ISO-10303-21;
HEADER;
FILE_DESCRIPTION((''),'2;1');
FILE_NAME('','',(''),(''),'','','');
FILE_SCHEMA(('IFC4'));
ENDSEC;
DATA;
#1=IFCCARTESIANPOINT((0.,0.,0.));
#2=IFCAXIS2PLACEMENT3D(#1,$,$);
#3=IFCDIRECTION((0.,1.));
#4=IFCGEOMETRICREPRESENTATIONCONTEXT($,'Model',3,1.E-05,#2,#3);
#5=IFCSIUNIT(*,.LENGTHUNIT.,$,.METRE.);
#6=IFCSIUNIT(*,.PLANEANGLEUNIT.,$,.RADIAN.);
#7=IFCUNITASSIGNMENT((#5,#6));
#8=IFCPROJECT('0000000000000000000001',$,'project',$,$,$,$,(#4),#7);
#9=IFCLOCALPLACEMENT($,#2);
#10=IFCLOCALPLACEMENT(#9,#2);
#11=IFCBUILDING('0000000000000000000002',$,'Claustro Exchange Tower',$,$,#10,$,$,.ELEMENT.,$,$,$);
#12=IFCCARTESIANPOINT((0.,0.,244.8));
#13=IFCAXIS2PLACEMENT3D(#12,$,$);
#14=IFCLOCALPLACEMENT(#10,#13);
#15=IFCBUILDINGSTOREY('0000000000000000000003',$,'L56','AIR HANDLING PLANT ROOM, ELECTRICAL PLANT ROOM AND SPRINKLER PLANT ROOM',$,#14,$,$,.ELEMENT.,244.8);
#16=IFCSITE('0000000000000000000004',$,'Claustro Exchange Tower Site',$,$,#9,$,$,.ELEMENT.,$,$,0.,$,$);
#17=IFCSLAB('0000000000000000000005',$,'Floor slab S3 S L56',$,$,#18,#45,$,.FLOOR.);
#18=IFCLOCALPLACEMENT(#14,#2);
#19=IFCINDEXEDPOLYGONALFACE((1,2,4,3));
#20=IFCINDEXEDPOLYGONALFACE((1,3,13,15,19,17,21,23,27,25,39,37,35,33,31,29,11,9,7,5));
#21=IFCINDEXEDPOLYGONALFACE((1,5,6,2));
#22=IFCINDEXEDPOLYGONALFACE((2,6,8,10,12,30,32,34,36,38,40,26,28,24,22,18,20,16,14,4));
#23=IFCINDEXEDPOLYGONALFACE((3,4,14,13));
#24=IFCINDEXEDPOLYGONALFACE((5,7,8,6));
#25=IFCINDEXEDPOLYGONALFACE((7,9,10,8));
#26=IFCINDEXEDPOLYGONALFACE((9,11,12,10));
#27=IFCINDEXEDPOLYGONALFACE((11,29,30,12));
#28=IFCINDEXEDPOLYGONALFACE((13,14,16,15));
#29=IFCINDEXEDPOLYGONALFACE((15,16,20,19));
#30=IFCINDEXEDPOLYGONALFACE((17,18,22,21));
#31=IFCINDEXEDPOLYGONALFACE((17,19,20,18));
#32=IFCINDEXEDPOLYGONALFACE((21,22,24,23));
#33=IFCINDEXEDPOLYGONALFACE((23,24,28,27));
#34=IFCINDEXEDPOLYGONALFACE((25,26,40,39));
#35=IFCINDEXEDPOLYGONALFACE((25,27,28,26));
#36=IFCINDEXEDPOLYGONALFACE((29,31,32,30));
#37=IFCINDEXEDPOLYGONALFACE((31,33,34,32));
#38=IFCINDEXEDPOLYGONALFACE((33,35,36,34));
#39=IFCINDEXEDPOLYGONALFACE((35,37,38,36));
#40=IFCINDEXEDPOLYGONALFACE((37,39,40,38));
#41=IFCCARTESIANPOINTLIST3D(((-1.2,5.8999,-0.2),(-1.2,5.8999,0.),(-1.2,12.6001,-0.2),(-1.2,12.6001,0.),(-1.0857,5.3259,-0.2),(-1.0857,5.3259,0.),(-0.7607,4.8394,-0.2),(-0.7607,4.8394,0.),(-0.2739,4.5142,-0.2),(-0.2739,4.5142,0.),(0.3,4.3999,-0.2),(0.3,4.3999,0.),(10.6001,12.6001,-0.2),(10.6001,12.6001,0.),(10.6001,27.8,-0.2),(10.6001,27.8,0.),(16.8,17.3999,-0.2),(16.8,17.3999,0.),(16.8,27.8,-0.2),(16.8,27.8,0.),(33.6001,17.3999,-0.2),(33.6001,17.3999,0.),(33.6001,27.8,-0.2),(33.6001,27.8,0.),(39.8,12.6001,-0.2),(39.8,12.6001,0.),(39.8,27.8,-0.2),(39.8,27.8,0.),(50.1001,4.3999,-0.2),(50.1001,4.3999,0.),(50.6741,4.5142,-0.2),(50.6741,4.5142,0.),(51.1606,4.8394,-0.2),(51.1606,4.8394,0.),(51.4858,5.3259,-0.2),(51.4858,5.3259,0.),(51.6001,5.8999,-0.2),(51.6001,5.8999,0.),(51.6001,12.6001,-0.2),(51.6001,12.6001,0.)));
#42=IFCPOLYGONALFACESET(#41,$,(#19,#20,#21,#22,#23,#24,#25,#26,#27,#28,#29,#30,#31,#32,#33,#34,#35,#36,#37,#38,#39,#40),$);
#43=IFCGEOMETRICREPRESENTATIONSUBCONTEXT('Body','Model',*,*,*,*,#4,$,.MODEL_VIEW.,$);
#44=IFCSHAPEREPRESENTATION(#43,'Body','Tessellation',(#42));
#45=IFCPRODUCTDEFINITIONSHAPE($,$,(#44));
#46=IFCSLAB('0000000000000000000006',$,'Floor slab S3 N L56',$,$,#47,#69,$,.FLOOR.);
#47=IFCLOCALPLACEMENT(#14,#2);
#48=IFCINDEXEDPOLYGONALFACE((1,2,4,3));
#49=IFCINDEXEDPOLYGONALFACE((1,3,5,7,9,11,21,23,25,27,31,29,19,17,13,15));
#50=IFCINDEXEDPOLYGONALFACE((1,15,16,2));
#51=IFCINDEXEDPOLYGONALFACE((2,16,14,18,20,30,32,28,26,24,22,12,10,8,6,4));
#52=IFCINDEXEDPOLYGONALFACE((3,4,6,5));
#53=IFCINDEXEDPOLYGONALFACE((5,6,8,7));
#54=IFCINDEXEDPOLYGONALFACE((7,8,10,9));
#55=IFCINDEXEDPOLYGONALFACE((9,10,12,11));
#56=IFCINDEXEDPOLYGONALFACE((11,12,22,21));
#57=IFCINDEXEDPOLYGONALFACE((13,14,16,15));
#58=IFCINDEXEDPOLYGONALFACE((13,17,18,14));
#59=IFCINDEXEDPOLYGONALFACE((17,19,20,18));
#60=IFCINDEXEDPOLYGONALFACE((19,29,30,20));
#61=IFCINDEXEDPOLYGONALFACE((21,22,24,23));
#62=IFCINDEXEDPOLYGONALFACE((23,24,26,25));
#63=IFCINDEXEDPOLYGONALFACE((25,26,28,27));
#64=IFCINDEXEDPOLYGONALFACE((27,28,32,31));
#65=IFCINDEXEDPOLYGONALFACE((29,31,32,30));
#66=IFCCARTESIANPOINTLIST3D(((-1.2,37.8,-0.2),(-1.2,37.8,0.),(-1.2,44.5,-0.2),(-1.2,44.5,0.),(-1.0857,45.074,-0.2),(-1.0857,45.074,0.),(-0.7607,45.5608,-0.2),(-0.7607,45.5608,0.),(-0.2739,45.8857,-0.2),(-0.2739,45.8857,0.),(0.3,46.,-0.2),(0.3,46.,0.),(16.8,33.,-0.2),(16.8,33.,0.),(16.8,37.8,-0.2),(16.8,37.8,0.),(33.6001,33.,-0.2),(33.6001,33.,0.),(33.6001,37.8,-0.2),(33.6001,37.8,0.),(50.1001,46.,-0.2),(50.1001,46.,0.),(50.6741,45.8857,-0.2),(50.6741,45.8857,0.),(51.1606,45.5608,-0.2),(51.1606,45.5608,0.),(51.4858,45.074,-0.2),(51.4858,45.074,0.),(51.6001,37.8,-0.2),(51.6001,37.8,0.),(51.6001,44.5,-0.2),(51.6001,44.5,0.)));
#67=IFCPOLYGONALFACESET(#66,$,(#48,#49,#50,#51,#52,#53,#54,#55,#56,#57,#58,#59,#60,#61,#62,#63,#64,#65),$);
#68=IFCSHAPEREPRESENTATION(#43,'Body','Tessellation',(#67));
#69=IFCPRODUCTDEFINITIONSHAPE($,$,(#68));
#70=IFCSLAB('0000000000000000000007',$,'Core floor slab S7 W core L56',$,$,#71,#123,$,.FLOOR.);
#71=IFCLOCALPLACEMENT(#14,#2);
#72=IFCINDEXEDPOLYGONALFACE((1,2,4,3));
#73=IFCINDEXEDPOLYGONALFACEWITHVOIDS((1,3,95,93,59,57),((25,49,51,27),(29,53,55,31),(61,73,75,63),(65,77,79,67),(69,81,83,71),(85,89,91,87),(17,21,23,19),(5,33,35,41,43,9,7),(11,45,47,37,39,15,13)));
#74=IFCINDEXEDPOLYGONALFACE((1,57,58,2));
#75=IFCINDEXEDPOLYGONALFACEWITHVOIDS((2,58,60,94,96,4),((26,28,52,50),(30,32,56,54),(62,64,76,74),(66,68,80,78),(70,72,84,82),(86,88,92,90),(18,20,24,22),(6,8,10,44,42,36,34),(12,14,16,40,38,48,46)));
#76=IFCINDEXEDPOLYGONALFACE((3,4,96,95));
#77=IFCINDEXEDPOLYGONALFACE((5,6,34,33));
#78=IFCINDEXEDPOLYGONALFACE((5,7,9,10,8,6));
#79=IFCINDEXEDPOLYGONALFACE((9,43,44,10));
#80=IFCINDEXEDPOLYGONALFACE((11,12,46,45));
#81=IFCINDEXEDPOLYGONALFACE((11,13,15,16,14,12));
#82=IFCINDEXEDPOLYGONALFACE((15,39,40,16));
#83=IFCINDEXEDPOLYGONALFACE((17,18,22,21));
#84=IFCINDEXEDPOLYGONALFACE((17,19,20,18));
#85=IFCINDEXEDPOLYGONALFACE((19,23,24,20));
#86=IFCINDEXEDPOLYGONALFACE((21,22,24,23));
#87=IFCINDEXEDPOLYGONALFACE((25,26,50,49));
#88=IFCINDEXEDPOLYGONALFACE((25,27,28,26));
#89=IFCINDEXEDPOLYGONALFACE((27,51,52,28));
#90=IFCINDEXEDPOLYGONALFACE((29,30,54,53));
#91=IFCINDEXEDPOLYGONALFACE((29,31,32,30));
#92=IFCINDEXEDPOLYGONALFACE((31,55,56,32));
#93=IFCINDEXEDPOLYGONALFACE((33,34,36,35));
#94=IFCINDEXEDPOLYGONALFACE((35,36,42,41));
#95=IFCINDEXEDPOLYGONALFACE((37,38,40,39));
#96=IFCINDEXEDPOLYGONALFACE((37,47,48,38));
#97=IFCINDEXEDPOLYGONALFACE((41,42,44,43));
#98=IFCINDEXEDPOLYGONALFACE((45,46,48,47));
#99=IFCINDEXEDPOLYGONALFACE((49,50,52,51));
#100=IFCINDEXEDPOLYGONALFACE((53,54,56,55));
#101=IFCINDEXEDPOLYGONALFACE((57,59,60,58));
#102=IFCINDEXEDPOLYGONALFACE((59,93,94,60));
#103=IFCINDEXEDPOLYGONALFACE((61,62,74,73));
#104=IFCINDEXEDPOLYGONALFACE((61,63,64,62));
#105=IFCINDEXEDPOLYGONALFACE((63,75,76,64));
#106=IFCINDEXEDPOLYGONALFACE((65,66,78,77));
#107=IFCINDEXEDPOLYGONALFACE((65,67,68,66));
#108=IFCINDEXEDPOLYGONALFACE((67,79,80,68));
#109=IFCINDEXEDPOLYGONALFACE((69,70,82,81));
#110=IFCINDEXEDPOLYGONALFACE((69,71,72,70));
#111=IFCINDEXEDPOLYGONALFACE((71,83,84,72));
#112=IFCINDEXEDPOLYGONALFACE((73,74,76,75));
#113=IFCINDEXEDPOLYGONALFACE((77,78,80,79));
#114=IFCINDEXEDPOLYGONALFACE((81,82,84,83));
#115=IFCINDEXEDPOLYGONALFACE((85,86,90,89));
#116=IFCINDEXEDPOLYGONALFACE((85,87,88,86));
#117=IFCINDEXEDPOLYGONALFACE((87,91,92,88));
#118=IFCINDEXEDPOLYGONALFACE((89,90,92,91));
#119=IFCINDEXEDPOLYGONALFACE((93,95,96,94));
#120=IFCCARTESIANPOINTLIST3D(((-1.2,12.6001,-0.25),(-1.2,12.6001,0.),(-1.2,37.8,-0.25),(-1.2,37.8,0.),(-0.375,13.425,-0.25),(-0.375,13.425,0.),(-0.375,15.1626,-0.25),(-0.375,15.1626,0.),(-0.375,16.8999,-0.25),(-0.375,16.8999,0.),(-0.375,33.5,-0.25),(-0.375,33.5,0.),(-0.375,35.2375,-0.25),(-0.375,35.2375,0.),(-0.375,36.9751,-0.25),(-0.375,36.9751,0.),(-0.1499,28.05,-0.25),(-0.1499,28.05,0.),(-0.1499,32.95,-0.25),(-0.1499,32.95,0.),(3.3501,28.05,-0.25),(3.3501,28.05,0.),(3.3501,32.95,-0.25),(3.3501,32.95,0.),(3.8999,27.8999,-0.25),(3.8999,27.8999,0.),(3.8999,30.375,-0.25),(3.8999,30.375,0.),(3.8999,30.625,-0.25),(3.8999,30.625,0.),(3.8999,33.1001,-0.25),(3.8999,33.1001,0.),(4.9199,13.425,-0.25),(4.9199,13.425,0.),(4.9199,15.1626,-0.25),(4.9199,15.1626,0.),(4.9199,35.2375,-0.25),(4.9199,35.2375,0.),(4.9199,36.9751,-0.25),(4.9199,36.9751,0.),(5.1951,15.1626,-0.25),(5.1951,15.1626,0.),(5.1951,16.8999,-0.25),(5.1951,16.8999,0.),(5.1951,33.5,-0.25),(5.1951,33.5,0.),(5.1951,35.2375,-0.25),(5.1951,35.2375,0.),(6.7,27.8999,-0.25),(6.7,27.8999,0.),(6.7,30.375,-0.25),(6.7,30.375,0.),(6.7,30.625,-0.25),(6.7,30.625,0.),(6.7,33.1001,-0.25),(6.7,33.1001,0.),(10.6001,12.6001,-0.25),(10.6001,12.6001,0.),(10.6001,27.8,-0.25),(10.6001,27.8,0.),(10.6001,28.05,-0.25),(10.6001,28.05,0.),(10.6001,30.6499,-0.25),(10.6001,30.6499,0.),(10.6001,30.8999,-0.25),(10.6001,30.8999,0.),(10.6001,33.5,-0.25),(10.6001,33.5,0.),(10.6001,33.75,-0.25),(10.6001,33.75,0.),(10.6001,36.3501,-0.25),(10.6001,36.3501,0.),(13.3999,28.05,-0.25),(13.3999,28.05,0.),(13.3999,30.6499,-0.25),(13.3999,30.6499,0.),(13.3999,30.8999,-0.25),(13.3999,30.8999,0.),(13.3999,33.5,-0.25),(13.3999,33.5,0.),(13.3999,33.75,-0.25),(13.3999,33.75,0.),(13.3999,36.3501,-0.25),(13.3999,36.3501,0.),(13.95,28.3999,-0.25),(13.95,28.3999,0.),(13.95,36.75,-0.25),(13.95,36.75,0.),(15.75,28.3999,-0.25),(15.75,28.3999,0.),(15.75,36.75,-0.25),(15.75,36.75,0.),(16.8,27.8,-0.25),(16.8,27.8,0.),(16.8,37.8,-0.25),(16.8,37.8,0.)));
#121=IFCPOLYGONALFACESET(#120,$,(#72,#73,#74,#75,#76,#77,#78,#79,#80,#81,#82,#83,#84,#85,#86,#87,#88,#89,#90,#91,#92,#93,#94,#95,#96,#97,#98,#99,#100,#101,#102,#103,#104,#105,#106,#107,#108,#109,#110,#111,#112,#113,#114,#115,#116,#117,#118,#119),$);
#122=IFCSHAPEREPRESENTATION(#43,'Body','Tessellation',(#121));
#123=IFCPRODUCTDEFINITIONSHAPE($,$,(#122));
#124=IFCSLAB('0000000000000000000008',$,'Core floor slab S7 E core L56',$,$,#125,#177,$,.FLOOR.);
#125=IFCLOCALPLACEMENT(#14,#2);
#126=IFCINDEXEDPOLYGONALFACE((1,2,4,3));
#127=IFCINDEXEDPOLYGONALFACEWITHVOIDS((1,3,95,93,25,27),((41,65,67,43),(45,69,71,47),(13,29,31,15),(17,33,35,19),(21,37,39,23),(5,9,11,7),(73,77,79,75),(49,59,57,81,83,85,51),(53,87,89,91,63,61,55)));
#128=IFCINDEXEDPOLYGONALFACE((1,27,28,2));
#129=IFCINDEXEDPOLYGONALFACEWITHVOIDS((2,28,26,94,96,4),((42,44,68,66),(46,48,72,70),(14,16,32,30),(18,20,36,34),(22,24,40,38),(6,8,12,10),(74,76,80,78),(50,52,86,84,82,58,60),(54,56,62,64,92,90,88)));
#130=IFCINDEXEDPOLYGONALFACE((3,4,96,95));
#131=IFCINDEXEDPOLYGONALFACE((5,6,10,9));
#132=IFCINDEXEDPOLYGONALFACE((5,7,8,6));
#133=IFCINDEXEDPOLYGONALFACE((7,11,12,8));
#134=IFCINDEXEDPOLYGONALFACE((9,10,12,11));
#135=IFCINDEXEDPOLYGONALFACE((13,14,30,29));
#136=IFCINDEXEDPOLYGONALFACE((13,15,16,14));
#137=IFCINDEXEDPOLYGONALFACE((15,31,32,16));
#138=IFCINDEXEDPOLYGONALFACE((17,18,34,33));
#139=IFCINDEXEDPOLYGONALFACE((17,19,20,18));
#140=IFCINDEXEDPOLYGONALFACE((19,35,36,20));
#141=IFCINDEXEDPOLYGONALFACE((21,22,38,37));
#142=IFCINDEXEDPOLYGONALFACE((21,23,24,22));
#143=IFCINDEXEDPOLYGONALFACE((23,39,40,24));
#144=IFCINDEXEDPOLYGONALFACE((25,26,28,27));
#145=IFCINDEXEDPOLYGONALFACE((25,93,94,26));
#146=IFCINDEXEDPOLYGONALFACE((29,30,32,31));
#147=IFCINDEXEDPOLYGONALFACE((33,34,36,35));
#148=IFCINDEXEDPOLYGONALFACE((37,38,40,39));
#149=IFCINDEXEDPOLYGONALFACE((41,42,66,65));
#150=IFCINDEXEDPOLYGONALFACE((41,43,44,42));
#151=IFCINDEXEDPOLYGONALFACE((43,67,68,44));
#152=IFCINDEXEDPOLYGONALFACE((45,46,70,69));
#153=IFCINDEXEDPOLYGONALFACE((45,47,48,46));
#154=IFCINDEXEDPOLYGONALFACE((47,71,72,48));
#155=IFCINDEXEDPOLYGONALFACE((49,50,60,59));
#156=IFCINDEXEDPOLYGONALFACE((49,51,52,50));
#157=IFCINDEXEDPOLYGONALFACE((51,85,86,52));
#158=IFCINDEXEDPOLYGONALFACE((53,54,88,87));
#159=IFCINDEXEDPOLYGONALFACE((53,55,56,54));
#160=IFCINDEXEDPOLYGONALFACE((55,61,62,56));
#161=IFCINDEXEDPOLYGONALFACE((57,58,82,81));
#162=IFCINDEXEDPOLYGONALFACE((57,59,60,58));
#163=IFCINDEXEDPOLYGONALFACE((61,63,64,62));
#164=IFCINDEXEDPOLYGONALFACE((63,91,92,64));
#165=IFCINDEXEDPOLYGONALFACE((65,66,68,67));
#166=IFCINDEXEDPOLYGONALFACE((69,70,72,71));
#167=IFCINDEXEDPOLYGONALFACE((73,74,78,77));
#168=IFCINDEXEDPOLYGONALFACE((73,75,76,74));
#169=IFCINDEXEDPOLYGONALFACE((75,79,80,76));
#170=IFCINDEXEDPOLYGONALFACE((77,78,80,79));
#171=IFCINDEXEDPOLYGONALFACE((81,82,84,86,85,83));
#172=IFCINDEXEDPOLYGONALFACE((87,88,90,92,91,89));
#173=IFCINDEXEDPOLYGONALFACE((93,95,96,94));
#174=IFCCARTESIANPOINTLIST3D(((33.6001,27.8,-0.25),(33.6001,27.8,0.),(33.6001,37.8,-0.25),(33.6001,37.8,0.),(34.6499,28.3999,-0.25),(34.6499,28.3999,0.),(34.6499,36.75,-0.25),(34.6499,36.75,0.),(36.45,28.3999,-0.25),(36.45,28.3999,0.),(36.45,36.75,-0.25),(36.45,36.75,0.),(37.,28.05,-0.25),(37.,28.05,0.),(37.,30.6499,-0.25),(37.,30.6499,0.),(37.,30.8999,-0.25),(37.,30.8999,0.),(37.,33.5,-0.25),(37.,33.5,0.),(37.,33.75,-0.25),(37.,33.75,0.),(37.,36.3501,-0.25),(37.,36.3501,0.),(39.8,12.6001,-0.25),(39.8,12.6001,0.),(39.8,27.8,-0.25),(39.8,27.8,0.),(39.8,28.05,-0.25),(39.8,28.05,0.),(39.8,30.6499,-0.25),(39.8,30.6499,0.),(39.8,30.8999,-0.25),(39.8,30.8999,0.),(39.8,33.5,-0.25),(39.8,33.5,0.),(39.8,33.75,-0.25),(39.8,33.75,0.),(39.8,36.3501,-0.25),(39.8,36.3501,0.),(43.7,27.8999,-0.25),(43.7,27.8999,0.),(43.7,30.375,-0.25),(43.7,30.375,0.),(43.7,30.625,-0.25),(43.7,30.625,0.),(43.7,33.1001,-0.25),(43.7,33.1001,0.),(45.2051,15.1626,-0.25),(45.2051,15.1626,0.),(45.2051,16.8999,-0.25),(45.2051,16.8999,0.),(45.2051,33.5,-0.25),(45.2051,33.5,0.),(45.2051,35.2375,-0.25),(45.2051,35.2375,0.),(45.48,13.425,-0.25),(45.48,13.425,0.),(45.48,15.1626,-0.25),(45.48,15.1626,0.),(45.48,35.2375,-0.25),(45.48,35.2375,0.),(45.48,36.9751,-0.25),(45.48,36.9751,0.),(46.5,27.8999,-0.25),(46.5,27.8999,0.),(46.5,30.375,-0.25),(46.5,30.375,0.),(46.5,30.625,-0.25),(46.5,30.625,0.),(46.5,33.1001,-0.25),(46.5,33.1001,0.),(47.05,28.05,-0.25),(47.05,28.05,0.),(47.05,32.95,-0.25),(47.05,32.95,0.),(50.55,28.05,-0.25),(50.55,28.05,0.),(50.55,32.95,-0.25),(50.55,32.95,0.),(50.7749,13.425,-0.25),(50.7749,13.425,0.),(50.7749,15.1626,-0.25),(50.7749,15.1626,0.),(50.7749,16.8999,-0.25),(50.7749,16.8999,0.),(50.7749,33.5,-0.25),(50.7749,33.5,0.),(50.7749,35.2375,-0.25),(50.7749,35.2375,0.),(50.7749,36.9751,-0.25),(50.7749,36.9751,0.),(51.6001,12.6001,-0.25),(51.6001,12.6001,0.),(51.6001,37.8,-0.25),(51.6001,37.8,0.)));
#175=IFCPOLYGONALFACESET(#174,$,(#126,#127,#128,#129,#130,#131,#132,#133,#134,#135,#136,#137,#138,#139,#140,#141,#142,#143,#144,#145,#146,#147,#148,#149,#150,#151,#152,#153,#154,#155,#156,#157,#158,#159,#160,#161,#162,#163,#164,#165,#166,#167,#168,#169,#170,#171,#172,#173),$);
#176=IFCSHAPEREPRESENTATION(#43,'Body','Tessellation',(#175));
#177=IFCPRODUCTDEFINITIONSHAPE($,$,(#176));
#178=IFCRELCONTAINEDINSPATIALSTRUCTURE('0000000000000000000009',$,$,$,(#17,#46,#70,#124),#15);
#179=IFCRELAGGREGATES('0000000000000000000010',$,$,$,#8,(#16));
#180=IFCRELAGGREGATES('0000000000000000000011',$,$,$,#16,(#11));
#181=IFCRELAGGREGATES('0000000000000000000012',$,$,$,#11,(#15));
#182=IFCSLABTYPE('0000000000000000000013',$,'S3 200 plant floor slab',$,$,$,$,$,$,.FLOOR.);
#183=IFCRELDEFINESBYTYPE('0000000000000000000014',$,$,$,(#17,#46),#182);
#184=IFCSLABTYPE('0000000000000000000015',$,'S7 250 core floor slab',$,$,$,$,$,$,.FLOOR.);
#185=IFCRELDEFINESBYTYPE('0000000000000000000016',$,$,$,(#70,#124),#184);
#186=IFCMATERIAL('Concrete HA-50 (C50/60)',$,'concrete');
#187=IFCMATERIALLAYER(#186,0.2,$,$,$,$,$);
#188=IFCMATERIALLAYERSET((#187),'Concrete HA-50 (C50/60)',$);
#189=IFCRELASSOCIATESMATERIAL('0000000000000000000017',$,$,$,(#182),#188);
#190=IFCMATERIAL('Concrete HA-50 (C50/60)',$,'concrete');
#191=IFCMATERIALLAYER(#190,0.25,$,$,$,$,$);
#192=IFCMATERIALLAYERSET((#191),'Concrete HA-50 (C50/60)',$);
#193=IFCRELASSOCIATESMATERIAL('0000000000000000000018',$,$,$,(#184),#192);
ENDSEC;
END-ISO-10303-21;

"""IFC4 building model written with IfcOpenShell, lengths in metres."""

from ifc_helpers import new_model, si_unit, direction, frame, origin, place, context, subcontext, project, spatial, polyline, outline, extrude, material, layer, layer_set, type_object, element, save


model = new_model("IFC4")

# Units and contexts
model_context = context("Model", 3, precision=1e-05, world=origin(), true_north=direction((0.0, 1.0)))
body_context = subcontext(model_context, "Body", "Model", "MODEL_VIEW")
ifc_project = project(units=[si_unit("LENGTHUNIT", "METRE"), si_unit("PLANEANGLEUNIT", "RADIAN")], contexts=[model_context])

# Site, building, storey
site_placement = place(None, origin())
site = spatial("IfcSite", under=ifc_project, at=site_placement, Name="Claustro Exchange Tower Site", CompositionType="ELEMENT", RefElevation=0.0)
building_placement = place(site_placement, origin())
building = spatial("IfcBuilding", under=site, at=building_placement, Name="Claustro Exchange Tower", CompositionType="ELEMENT")
storey_placement = place(building_placement, frame((0.0, 0.0, 244.8)))
storey = spatial("IfcBuildingStorey", under=building, at=storey_placement, Name="L56", Description="AIR HANDLING PLANT ROOM, ELECTRICAL PLANT ROOM AND SPRINKLER PLANT ROOM", CompositionType="ELEMENT", Elevation=244.8)

# Slabs
ifc_material_1 = material(Name="Concrete HA-50 (C50/60)", Category="concrete")
ifc_layer_1 = layer(ifc_material_1, 0.2)
ifc_layer_set_1 = layer_set([ifc_layer_1], Name="Concrete HA-50 (C50/60)")
slab_type_1 = type_object("IfcSlabType", Name="S3 200 plant floor slab", PredefinedType="FLOOR", material=ifc_layer_set_1)
slab_1_placement = place(storey_placement, frame((0.0, 0.0, -0.2)))
element("IfcSlab", 1, at=slab_1_placement, inside=storey, type_object=slab_type_1, Name="Floor slab S3 S L56", PredefinedType="FLOOR", context=body_context, shape_type="SweptSolid", body=[
    extrude(outline(polyline([(-0.2739, 4.5142), (0.3, 4.3999), (50.1001, 4.3999), (50.6741, 4.5142), (51.1606, 4.8394), (51.4858, 5.3259), (51.6001, 5.8999), (51.6001, 12.6001), (39.8, 12.6001), (39.8, 27.8), (33.6001, 27.8), (33.6001, 17.3999), (16.8, 17.3999), (16.8, 27.8), (10.6001, 27.8), (10.6001, 12.6001), (-1.2, 12.6001), (-1.2, 5.8999), (-1.0857, 5.3259), (-0.7607, 4.8394), (-0.2739, 4.5142)])), origin(), (0.0, 0.0, 1.0), 0.2),
])
slab_2_placement = place(storey_placement, frame((0.0, 0.0, -0.2)))
element("IfcSlab", 2, at=slab_2_placement, inside=storey, type_object=slab_type_1, Name="Floor slab S3 N L56", PredefinedType="FLOOR", context=body_context, shape_type="SweptSolid", body=[
    extrude(outline(polyline([(16.8, 37.8), (16.8, 33.0), (33.6001, 33.0), (33.6001, 37.8), (51.6001, 37.8), (51.6001, 44.5), (51.4858, 45.074), (51.1606, 45.5608), (50.6741, 45.8857), (50.1001, 46.0), (0.3, 46.0), (-0.2739, 45.8857), (-0.7607, 45.5608), (-1.0857, 45.074), (-1.2, 44.5), (-1.2, 37.8), (16.8, 37.8)])), origin(), (0.0, 0.0, 1.0), 0.2),
])
ifc_material_2 = material(Name="Concrete HA-50 (C50/60)", Category="concrete")
ifc_layer_2 = layer(ifc_material_2, 0.25)
ifc_layer_set_2 = layer_set([ifc_layer_2], Name="Concrete HA-50 (C50/60)")
slab_type_2 = type_object("IfcSlabType", Name="S7 250 core floor slab", PredefinedType="FLOOR", material=ifc_layer_set_2)
slab_3_placement = place(storey_placement, frame((0.0, 0.0, -0.25)))
element("IfcSlab", 3, at=slab_3_placement, inside=storey, type_object=slab_type_2, Name="Core floor slab S7 W core L56", PredefinedType="FLOOR", context=body_context, shape_type="SweptSolid", body=[
    extrude(outline(polyline([(-1.2, 37.8), (-1.2, 12.6001), (10.6001, 12.6001), (10.6001, 27.8), (16.8, 27.8), (16.8, 37.8), (-1.2, 37.8)]), holes=[polyline([(13.95, 36.75), (15.75, 36.75), (15.75, 28.3999), (13.95, 28.3999), (13.95, 36.75)]), polyline([(10.6001, 30.6499), (13.3999, 30.6499), (13.3999, 28.05), (10.6001, 28.05), (10.6001, 30.6499)]), polyline([(10.6001, 33.5), (13.3999, 33.5), (13.3999, 30.8999), (10.6001, 30.8999), (10.6001, 33.5)]), polyline([(13.3999, 36.3501), (13.3999, 33.75), (10.6001, 33.75), (10.6001, 36.3501), (13.3999, 36.3501)]), polyline([(3.8999, 30.375), (6.7, 30.375), (6.7, 27.8999), (3.8999, 27.8999), (3.8999, 30.375)]), polyline([(3.8999, 33.1001), (6.7, 33.1001), (6.7, 30.625), (3.8999, 30.625), (3.8999, 33.1001)]), polyline([(-0.375, 15.1626), (-0.375, 16.8999), (5.1951, 16.8999), (5.1951, 15.1626), (4.9199, 15.1626), (4.9199, 13.425), (-0.375, 13.425), (-0.375, 15.1626)]), polyline([(-0.375, 35.2375), (-0.375, 36.9751), (4.9199, 36.9751), (4.9199, 35.2375), (5.1951, 35.2375), (5.1951, 33.5), (-0.375, 33.5), (-0.375, 35.2375)]), polyline([(-0.1499, 32.95), (3.3501, 32.95), (3.3501, 28.05), (-0.1499, 28.05), (-0.1499, 32.95)])]), origin(), (0.0, 0.0, 1.0), 0.25),
])
slab_4_placement = place(storey_placement, frame((0.0, 0.0, -0.25)))
element("IfcSlab", 4, at=slab_4_placement, inside=storey, type_object=slab_type_2, Name="Core floor slab S7 E core L56", PredefinedType="FLOOR", context=body_context, shape_type="SweptSolid", body=[
    extrude(outline(polyline([(51.6001, 37.8), (33.6001, 37.8), (33.6001, 27.8), (39.8, 27.8), (39.8, 12.6001), (51.6001, 12.6001), (51.6001, 37.8)]), holes=[polyline([(45.48, 15.1626), (45.2051, 15.1626), (45.2051, 16.8999), (50.7749, 16.8999), (50.7749, 15.1626), (50.7749, 13.425), (45.48, 13.425), (45.48, 15.1626)]), polyline([(45.48, 35.2375), (45.48, 36.9751), (50.7749, 36.9751), (50.7749, 35.2375), (50.7749, 33.5), (45.2051, 33.5), (45.2051, 35.2375), (45.48, 35.2375)]), polyline([(47.05, 32.95), (50.55, 32.95), (50.55, 28.05), (47.05, 28.05), (47.05, 32.95)]), polyline([(43.7, 30.375), (46.5, 30.375), (46.5, 27.8999), (43.7, 27.8999), (43.7, 30.375)]), polyline([(43.7, 33.1001), (46.5, 33.1001), (46.5, 30.625), (43.7, 30.625), (43.7, 33.1001)]), polyline([(37.0, 30.6499), (39.8, 30.6499), (39.8, 28.05), (37.0, 28.05), (37.0, 30.6499)]), polyline([(37.0, 33.5), (39.8, 33.5), (39.8, 30.8999), (37.0, 30.8999), (37.0, 33.5)]), polyline([(39.8, 36.3501), (39.8, 33.75), (37.0, 33.75), (37.0, 36.3501), (39.8, 36.3501)]), polyline([(34.6499, 36.75), (36.45, 36.75), (36.45, 28.3999), (34.6499, 28.3999), (34.6499, 36.75)])]), origin(), (0.0, 0.0, 1.0), 0.25),
])

save(model, "model.ifc")
